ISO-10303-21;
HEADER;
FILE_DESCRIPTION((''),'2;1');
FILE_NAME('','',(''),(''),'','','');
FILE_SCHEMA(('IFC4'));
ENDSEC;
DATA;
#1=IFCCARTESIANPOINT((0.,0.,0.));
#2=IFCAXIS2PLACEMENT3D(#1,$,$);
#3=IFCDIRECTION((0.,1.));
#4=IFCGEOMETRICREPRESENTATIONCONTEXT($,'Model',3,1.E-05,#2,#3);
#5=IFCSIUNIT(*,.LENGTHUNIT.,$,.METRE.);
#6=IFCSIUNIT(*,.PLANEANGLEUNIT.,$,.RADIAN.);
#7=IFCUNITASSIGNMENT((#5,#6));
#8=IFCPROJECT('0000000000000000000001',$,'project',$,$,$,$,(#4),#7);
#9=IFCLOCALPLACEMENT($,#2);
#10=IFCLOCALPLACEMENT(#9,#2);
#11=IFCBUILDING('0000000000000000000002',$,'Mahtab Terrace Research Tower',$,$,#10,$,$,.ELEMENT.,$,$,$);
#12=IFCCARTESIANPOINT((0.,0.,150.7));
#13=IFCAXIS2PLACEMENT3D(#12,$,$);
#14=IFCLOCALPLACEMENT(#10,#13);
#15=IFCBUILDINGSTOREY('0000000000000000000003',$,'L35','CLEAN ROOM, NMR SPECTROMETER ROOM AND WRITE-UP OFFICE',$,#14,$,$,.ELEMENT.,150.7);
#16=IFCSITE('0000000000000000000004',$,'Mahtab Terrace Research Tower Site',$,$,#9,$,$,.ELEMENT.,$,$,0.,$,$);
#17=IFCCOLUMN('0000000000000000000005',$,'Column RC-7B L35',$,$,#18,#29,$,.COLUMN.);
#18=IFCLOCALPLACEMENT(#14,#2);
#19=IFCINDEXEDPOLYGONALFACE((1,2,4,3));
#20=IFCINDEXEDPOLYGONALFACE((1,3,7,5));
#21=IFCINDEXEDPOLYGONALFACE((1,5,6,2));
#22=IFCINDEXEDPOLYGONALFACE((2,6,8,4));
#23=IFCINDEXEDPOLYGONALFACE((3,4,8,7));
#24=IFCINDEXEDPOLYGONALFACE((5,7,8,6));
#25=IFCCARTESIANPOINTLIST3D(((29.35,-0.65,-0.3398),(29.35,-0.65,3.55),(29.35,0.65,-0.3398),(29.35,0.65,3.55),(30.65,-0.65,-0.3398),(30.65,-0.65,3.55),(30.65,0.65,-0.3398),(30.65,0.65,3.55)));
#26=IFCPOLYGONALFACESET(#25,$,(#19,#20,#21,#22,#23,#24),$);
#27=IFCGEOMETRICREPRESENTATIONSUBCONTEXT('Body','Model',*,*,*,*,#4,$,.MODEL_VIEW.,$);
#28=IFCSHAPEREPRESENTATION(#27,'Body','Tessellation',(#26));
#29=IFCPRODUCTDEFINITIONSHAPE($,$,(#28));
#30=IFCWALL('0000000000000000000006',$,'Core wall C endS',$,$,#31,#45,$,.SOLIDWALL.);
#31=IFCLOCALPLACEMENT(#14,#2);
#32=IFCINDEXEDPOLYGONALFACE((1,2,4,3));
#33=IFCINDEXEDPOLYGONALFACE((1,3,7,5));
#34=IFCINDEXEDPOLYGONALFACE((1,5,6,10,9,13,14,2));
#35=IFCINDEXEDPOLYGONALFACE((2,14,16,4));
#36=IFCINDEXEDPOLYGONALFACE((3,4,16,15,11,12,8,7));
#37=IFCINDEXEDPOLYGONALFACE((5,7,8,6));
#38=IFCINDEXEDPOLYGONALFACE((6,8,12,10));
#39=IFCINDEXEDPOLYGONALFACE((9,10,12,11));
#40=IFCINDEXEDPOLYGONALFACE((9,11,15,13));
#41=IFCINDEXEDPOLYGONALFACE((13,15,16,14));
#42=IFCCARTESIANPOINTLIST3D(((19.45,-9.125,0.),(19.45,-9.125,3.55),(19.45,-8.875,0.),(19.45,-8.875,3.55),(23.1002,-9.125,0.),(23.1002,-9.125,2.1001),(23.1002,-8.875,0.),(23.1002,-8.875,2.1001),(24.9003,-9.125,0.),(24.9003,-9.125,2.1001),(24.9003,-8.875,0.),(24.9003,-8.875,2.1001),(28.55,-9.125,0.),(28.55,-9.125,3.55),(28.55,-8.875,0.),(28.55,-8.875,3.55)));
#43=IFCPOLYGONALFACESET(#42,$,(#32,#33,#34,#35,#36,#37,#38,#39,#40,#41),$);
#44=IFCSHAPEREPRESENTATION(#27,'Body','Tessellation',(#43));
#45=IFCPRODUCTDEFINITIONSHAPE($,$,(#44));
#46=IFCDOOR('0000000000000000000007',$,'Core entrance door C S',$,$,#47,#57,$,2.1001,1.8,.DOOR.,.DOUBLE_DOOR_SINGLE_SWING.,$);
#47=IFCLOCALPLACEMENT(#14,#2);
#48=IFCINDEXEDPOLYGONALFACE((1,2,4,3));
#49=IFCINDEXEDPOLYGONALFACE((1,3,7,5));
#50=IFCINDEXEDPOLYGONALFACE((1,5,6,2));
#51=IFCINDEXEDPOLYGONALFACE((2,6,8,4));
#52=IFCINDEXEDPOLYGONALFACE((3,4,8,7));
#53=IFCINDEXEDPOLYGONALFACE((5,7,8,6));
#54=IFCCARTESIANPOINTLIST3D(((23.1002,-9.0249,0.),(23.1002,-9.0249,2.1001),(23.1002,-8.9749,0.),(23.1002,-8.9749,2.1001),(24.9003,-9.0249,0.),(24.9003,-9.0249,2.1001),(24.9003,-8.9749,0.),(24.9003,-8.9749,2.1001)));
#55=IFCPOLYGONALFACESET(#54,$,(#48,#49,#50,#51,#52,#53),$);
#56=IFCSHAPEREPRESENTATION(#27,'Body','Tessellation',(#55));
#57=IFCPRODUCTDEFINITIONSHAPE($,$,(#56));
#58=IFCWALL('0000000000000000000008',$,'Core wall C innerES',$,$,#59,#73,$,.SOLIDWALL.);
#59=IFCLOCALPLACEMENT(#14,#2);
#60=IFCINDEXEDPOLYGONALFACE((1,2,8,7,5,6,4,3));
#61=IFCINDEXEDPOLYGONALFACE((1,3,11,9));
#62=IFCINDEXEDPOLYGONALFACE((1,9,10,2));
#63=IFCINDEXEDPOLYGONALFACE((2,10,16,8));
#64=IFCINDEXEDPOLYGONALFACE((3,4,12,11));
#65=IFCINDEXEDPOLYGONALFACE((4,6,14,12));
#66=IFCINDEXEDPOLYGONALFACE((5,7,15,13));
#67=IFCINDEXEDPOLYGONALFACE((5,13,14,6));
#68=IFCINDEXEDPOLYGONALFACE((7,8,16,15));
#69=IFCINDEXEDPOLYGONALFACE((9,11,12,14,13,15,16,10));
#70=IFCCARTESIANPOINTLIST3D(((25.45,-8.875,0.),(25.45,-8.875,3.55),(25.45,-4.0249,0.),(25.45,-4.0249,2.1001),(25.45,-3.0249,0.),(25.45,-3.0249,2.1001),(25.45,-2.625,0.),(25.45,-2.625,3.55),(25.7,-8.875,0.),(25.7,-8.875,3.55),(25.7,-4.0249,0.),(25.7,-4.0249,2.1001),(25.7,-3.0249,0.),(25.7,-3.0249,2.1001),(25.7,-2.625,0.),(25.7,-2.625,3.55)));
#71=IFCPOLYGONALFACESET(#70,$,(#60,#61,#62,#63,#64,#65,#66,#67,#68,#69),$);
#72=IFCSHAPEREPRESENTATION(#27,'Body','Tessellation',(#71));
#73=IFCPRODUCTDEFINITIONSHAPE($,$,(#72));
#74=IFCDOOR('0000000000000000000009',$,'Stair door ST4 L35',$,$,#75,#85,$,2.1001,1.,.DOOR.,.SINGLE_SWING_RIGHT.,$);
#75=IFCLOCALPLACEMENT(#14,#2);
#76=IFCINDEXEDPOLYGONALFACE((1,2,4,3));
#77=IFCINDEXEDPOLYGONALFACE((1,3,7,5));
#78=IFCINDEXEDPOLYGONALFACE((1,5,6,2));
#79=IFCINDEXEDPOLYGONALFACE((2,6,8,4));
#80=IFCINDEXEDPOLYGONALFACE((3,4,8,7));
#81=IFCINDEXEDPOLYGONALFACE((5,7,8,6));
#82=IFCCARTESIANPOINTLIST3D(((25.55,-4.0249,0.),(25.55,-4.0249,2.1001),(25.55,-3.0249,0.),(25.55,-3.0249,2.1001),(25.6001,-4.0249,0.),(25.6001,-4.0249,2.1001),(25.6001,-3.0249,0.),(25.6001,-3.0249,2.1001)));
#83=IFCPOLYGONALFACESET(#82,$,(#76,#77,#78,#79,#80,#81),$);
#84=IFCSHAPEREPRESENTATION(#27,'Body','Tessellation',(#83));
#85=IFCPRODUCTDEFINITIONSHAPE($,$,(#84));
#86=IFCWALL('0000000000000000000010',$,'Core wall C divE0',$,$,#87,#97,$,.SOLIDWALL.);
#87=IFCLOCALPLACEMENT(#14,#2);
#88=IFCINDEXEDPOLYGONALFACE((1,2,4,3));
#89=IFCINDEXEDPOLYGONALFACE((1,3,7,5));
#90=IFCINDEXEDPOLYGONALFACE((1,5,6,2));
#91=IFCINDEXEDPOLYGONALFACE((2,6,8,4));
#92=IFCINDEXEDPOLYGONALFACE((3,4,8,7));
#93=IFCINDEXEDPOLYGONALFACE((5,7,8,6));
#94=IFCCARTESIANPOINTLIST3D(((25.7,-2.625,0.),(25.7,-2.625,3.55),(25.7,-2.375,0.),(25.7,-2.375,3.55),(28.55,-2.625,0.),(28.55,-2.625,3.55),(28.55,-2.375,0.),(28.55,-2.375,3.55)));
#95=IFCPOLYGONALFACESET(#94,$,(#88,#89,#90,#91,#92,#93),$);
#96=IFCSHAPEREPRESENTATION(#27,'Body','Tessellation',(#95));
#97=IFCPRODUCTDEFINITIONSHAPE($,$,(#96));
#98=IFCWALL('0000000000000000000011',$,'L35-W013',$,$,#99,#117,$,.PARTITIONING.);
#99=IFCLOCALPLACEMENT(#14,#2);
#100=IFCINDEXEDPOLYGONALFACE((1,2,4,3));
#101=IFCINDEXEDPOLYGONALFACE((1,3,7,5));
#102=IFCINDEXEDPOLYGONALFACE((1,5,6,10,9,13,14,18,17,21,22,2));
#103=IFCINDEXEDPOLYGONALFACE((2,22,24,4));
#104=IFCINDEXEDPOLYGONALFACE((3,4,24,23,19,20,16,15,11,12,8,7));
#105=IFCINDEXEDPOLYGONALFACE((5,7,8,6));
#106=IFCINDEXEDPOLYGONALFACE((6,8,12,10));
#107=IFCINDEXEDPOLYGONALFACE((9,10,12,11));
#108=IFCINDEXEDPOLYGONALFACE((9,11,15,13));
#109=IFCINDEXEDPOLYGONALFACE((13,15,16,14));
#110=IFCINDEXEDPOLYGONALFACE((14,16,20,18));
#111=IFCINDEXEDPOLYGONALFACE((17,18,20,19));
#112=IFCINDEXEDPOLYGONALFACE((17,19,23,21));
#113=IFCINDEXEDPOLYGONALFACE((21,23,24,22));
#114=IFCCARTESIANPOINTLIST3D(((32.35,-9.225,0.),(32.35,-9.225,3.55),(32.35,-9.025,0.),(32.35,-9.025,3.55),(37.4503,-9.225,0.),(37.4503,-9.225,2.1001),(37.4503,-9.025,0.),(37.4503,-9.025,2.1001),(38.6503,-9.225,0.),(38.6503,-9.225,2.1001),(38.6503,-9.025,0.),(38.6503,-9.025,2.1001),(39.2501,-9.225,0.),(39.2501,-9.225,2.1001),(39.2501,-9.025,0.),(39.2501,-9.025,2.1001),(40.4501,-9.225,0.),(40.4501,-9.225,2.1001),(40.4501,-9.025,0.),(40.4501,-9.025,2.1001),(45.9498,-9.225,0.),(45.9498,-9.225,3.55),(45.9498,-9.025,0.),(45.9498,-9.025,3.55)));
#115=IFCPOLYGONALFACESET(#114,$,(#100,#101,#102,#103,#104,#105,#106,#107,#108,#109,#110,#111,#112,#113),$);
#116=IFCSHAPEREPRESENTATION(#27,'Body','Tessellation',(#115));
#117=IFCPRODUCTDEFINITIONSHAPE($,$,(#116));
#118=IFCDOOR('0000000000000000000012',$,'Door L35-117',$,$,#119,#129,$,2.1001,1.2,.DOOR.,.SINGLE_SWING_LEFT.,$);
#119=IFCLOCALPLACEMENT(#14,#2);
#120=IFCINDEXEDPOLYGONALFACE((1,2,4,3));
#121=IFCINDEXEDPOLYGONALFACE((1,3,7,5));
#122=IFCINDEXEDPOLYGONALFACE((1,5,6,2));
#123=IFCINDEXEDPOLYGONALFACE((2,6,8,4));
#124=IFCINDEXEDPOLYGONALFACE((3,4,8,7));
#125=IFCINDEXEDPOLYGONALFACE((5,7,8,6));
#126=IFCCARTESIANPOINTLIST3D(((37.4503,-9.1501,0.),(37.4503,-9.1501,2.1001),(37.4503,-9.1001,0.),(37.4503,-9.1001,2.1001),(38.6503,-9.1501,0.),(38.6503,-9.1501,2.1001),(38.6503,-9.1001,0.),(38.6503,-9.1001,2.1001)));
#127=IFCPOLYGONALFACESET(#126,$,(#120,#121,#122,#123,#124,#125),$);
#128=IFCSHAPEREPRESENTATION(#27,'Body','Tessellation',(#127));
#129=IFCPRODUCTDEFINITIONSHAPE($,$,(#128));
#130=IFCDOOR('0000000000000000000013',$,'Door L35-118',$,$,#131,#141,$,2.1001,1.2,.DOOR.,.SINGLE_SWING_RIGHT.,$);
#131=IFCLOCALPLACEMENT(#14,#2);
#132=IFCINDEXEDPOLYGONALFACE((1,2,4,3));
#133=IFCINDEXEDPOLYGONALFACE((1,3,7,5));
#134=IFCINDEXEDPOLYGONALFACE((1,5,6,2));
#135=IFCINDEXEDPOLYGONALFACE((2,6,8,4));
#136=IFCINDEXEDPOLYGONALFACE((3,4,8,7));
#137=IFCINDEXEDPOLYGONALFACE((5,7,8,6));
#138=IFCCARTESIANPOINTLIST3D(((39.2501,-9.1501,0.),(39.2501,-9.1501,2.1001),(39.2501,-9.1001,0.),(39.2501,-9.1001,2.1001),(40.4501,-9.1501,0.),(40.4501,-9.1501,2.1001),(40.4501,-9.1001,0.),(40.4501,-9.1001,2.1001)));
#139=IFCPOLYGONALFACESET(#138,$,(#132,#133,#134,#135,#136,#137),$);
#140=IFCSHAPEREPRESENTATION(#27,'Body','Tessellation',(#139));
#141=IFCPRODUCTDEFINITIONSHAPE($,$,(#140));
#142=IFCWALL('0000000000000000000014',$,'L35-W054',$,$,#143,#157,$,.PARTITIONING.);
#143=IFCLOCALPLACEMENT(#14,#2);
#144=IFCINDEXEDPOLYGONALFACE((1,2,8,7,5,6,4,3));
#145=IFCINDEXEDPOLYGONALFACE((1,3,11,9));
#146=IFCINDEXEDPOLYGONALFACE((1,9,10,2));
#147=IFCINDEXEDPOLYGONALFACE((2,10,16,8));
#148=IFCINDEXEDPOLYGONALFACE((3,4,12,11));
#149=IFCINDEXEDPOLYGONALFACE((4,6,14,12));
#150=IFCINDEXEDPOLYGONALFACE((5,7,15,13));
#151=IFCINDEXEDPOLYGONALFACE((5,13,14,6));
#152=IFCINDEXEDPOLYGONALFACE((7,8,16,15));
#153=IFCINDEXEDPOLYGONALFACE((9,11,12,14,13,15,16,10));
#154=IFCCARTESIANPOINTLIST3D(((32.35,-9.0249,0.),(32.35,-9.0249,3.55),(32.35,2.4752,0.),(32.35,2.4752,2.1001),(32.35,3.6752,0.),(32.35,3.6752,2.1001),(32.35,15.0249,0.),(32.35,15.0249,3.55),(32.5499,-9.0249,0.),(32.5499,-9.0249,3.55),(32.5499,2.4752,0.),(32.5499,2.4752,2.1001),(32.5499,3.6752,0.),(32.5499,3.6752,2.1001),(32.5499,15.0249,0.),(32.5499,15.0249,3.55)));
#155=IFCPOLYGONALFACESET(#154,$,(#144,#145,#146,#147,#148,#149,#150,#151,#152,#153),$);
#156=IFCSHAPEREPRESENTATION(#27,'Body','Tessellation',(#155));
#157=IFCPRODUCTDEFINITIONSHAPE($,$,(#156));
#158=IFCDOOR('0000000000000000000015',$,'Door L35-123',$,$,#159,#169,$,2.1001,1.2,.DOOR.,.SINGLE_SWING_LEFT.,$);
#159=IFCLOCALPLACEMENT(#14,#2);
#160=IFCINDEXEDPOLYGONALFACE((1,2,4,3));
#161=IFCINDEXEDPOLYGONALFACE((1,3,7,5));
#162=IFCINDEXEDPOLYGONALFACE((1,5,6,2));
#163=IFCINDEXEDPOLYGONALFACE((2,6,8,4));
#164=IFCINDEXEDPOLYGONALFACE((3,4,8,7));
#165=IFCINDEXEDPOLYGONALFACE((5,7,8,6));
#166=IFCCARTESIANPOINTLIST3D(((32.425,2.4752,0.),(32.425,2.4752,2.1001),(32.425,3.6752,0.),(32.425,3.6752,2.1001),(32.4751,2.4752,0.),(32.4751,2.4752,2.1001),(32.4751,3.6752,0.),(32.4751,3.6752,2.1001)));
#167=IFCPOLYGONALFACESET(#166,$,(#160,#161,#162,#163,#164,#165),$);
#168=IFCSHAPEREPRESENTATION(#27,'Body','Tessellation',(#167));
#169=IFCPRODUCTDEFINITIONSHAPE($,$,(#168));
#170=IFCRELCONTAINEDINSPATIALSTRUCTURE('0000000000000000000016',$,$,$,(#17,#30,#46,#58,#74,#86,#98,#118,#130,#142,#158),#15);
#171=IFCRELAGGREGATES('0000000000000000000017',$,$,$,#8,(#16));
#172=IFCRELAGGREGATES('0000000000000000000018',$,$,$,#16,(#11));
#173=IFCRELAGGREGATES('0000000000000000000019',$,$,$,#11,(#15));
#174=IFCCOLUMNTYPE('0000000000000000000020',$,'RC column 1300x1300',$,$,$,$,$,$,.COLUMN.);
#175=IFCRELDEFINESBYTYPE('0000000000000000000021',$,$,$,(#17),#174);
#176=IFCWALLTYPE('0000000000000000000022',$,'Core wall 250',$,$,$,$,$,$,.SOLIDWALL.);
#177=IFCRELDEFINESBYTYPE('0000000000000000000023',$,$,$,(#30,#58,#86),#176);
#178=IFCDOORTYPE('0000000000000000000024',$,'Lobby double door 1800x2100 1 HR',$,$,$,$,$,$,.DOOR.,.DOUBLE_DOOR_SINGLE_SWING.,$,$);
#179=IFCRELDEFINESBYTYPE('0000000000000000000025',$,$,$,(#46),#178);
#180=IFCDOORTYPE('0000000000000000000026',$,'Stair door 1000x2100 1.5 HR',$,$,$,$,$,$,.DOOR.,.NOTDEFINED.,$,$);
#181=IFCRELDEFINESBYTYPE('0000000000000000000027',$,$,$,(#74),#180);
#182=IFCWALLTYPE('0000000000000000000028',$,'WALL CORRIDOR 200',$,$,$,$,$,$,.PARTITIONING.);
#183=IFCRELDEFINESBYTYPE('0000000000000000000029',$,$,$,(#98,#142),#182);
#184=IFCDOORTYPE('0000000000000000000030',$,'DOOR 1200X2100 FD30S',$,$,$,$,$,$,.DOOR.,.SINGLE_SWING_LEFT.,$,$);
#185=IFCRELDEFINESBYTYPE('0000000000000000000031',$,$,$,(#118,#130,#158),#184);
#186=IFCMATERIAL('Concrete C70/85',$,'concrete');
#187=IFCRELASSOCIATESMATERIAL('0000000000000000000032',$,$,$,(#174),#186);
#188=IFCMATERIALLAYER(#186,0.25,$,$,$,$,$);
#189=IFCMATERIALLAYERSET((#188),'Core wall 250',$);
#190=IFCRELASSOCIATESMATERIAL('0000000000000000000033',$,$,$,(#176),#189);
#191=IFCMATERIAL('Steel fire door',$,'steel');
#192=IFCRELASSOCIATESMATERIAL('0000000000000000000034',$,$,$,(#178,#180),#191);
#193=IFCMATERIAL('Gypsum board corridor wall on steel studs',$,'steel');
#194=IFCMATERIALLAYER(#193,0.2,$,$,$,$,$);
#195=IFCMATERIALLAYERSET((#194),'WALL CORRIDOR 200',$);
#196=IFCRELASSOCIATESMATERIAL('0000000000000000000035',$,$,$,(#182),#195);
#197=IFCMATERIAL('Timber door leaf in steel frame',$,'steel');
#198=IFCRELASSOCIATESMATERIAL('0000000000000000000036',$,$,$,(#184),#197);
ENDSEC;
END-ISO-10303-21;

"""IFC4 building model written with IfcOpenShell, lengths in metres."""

from ifc_helpers import new_model, si_unit, direction, frame, frame_2d, origin, origin_2d, place, context, subcontext, project, spatial, rectangle, extrude, material, layer, layer_set, material_profile, profile_set, type_object, element, fill, save


model = new_model("IFC4")

# Units and contexts
model_context = context("Model", 3, precision=1e-05, world=origin(), true_north=direction((0.0, 1.0)))
body_context = subcontext(model_context, "Body", "Model", "MODEL_VIEW")
ifc_project = project(units=[si_unit("LENGTHUNIT", "METRE"), si_unit("PLANEANGLEUNIT", "RADIAN")], contexts=[model_context])

# Site, building, storey
site_placement = place(None, origin())
site = spatial("IfcSite", under=ifc_project, at=site_placement, Name="Mahtab Terrace Research Tower Site", CompositionType="ELEMENT", RefElevation=0.0)
building_placement = place(site_placement, origin())
building = spatial("IfcBuilding", under=site, at=building_placement, Name="Mahtab Terrace Research Tower", CompositionType="ELEMENT")
storey_placement = place(building_placement, frame((0.0, 0.0, 150.7)))
storey = spatial("IfcBuildingStorey", under=building, at=storey_placement, Name="L35", Description="CLEAN ROOM, NMR SPECTROMETER ROOM AND WRITE-UP OFFICE", CompositionType="ELEMENT", Elevation=150.7)

# Column
ifc_material_1 = material(Name="Concrete C70/85", Category="concrete")
ifc_material_profile = material_profile(ifc_material_1, rectangle(XDim=1.3, YDim=1.3, at=origin_2d()), Name="RC column 1300x1300")
ifc_profile_set = profile_set([ifc_material_profile], Name="Concrete C70/85")
column_type = type_object("IfcColumnType", Name="RC column 1300x1300", PredefinedType="COLUMN", material=ifc_profile_set)
column_placement = place(storey_placement, frame((30.0, 0.0, -0.3398), z_axis=(0.0, 0.0, 1.0), x_axis=(1.0, 0.0, 0.0)))
element("IfcColumn", 1, at=column_placement, inside=storey, type_object=column_type, Name="Column RC-7B L35", PredefinedType="COLUMN", context=body_context, shape_type="SweptSolid", body=[
    extrude(rectangle(XDim=1.3, YDim=1.3, at=origin_2d()), origin(), (0.0, 0.0, 1.0), 3.8899),
])

# Walls, openings, doors
ifc_layer_1 = layer(ifc_material_1, 0.25)
ifc_layer_set_1 = layer_set([ifc_layer_1], Name="Core wall 250")
wall_type_1 = type_object("IfcWallType", Name="Core wall 250", PredefinedType="SOLIDWALL", material=ifc_layer_set_1)
wall_1_placement = place(storey_placement, frame((28.55, -9.0, 0.0), z_axis=(0.0, 0.0, 1.0), x_axis=(-1.0, 0.0, 0.0)))
wall_1 = element("IfcWall", 2, at=wall_1_placement, inside=storey, type_object=wall_type_1, Name="Core wall C endS", PredefinedType="SOLIDWALL", context=body_context, shape_type="SweptSolid", body=[
    extrude(rectangle(XDim=9.1001, YDim=0.25, at=frame_2d((4.55, 0.0))), origin(), (0.0, 0.0, 1.0), 3.55),
])
opening_1_placement = place(wall_1_placement, frame((3.6499, 0.0, 0.0)))
opening_1 = element("IfcOpeningElement", 3, at=opening_1_placement, cuts=wall_1, PredefinedType="OPENING", context=body_context, shape_type="SweptSolid", body=[
    extrude(rectangle(XDim=1.8, YDim=2.1001, at=frame_2d((0.8999, 1.05))), frame((0.0, 0.135, 0.0), z_axis=(0.0, -1.0, 0.0), x_axis=(1.0, 0.0, 0.0)), (0.0, 0.0, 1.0), 0.27),
])
ifc_material_2 = material(Name="Steel fire door", Category="steel")
door_type_1 = type_object("IfcDoorType", Name="Lobby double door 1800x2100 1 HR", OperationType="DOUBLE_DOOR_SINGLE_SWING", PredefinedType="DOOR", material=ifc_material_2)
door_1_placement = place(opening_1_placement, origin())
door_1 = element("IfcDoor", 4, at=door_1_placement, inside=storey, type_object=door_type_1, Name="Core entrance door C S", OperationType="DOUBLE_DOOR_SINGLE_SWING", OverallHeight=2.1001, OverallWidth=1.8, PredefinedType="DOOR", context=body_context, shape_type="SweptSolid", body=[
    extrude(rectangle(XDim=1.8, YDim=2.1001, at=frame_2d((0.8999, 1.05))), frame((0.0, 0.0249, 0.0), z_axis=(0.0, -1.0, 0.0), x_axis=(1.0, 0.0, 0.0)), (0.0, 0.0, 1.0), 0.05),
])
fill(opening_1, door_1)
wall_2_placement = place(storey_placement, frame((25.575, -8.875, 0.0), z_axis=(0.0, 0.0, 1.0), x_axis=(0.0, 1.0, 0.0)))
wall_2 = element("IfcWall", 5, at=wall_2_placement, inside=storey, type_object=wall_type_1, Name="Core wall C innerES", PredefinedType="SOLIDWALL", context=body_context, shape_type="SweptSolid", body=[
    extrude(rectangle(XDim=6.25, YDim=0.25, at=frame_2d((3.125, 0.0))), origin(), (0.0, 0.0, 1.0), 3.55),
])
opening_2_placement = place(wall_2_placement, frame((4.8501, 0.0, 0.0)))
opening_2 = element("IfcOpeningElement", 6, at=opening_2_placement, cuts=wall_2, PredefinedType="OPENING", context=body_context, shape_type="SweptSolid", body=[
    extrude(rectangle(XDim=1.0, YDim=2.1001, at=frame_2d((0.5, 1.05))), frame((0.0, 0.135, 0.0), z_axis=(0.0, -1.0, 0.0), x_axis=(1.0, 0.0, 0.0)), (0.0, 0.0, 1.0), 0.27),
])
door_type_2 = type_object("IfcDoorType", Name="Stair door 1000x2100 1.5 HR", OperationType="NOTDEFINED", PredefinedType="DOOR", material=ifc_material_2)
door_2_placement = place(opening_2_placement, origin())
door_2 = element("IfcDoor", 7, at=door_2_placement, inside=storey, type_object=door_type_2, Name="Stair door ST4 L35", OperationType="SINGLE_SWING_RIGHT", OverallHeight=2.1001, OverallWidth=1.0, PredefinedType="DOOR", context=body_context, shape_type="SweptSolid", body=[
    extrude(rectangle(XDim=1.0, YDim=2.1001, at=frame_2d((0.5, 1.05))), frame((0.0, 0.0249, 0.0), z_axis=(0.0, -1.0, 0.0), x_axis=(1.0, 0.0, 0.0)), (0.0, 0.0, 1.0), 0.05),
])
fill(opening_2, door_2)

# Wall
wall_3_placement = place(storey_placement, frame((25.7, -2.5, 0.0), z_axis=(0.0, 0.0, 1.0), x_axis=(1.0, 0.0, 0.0)))
element("IfcWall", 8, at=wall_3_placement, inside=storey, type_object=wall_type_1, Name="Core wall C divE0", PredefinedType="SOLIDWALL", context=body_context, shape_type="SweptSolid", body=[
    extrude(rectangle(XDim=2.8501, YDim=0.25, at=frame_2d((1.425, 0.0))), origin(), (0.0, 0.0, 1.0), 3.55),
])

# Wall, openings, doors
ifc_material_3 = material(Name="Gypsum board corridor wall on steel studs", Category="steel")
ifc_layer_2 = layer(ifc_material_3, 0.2)
ifc_layer_set_2 = layer_set([ifc_layer_2], Name="WALL CORRIDOR 200")
wall_type_2 = type_object("IfcWallType", Name="WALL CORRIDOR 200", PredefinedType="PARTITIONING", material=ifc_layer_set_2)
wall_4_placement = place(storey_placement, frame((32.3501, -9.125, 0.0), z_axis=(0.0, 0.0, 1.0), x_axis=(1.0, 0.0, 0.0)))
wall_4 = element("IfcWall", 9, at=wall_4_placement, inside=storey, type_object=wall_type_2, Name="L35-W013", PredefinedType="PARTITIONING", context=body_context, shape_type="SweptSolid", body=[
    extrude(rectangle(XDim=13.5999, YDim=0.2, at=frame_2d((6.7998, 0.0))), origin(), (0.0, 0.0, 1.0), 3.55),
])
opening_3_placement = place(wall_4_placement, frame((5.1001, 0.0, 0.0)))
opening_3 = element("IfcOpeningElement", 10, at=opening_3_placement, cuts=wall_4, PredefinedType="OPENING", context=body_context, shape_type="SweptSolid", body=[
    extrude(rectangle(XDim=1.2, YDim=2.1001, at=frame_2d((0.6001, 1.05))), frame((0.0, 0.1099, 0.0), z_axis=(0.0, -1.0, 0.0), x_axis=(1.0, 0.0, 0.0)), (0.0, 0.0, 1.0), 0.22),
])
opening_4_placement = place(wall_4_placement, frame((6.8999, 0.0, 0.0)))
opening_4 = element("IfcOpeningElement", 11, at=opening_4_placement, cuts=wall_4, PredefinedType="OPENING", context=body_context, shape_type="SweptSolid", body=[
    extrude(rectangle(XDim=1.2, YDim=2.1001, at=frame_2d((0.6001, 1.05))), frame((0.0, 0.1099, 0.0), z_axis=(0.0, -1.0, 0.0), x_axis=(1.0, 0.0, 0.0)), (0.0, 0.0, 1.0), 0.22),
])
ifc_material_4 = material(Name="Timber door leaf in steel frame", Category="steel")
door_type_3 = type_object("IfcDoorType", Name="DOOR 1200X2100 FD30S", OperationType="SINGLE_SWING_LEFT", PredefinedType="DOOR", material=ifc_material_4)
door_3_placement = place(opening_3_placement, origin())
door_3 = element("IfcDoor", 12, at=door_3_placement, inside=storey, type_object=door_type_3, Name="Door L35-117", OperationType="SINGLE_SWING_LEFT", OverallHeight=2.1001, OverallWidth=1.2, PredefinedType="DOOR", context=body_context, shape_type="SweptSolid", body=[
    extrude(rectangle(XDim=1.2, YDim=2.1001, at=frame_2d((0.6001, 1.05))), frame((0.0, 0.0249, 0.0), z_axis=(0.0, -1.0, 0.0), x_axis=(1.0, 0.0, 0.0)), (0.0, 0.0, 1.0), 0.05),
])
fill(opening_3, door_3)
door_4_placement = place(opening_4_placement, origin())
door_4 = element("IfcDoor", 13, at=door_4_placement, inside=storey, type_object=door_type_3, Name="Door L35-118", OperationType="SINGLE_SWING_RIGHT", OverallHeight=2.1001, OverallWidth=1.2, PredefinedType="DOOR", context=body_context, shape_type="SweptSolid", body=[
    extrude(rectangle(XDim=1.2, YDim=2.1001, at=frame_2d((0.6001, 1.05))), frame((0.0, 0.0249, 0.0), z_axis=(0.0, -1.0, 0.0), x_axis=(1.0, 0.0, 0.0)), (0.0, 0.0, 1.0), 0.05),
])
fill(opening_4, door_4)

# Wall, opening, door
wall_5_placement = place(storey_placement, frame((32.45, -9.0249, 0.0), z_axis=(0.0, 0.0, 1.0), x_axis=(0.0, 1.0, 0.0)))
wall_5 = element("IfcWall", 14, at=wall_5_placement, inside=storey, type_object=wall_type_2, Name="L35-W054", PredefinedType="PARTITIONING", context=body_context, shape_type="SweptSolid", body=[
    extrude(rectangle(XDim=24.0498, YDim=0.2, at=frame_2d((12.0249, 0.0))), origin(), (0.0, 0.0, 1.0), 3.55),
])
opening_5_placement = place(wall_5_placement, frame((11.5, 0.0, 0.0)))
opening_5 = element("IfcOpeningElement", 15, at=opening_5_placement, cuts=wall_5, PredefinedType="OPENING", context=body_context, shape_type="SweptSolid", body=[
    extrude(rectangle(XDim=1.2, YDim=2.1001, at=frame_2d((0.6001, 1.05))), frame((0.0, 0.1099, 0.0), z_axis=(0.0, -1.0, 0.0), x_axis=(1.0, 0.0, 0.0)), (0.0, 0.0, 1.0), 0.22),
])
door_5_placement = place(opening_5_placement, origin())
door_5 = element("IfcDoor", 16, at=door_5_placement, inside=storey, type_object=door_type_3, Name="Door L35-123", OperationType="SINGLE_SWING_LEFT", OverallHeight=2.1001, OverallWidth=1.2, PredefinedType="DOOR", context=body_context, shape_type="SweptSolid", body=[
    extrude(rectangle(XDim=1.2, YDim=2.1001, at=frame_2d((0.6001, 1.05))), frame((0.0, 0.0249, 0.0), z_axis=(0.0, -1.0, 0.0), x_axis=(1.0, 0.0, 0.0)), (0.0, 0.0, 1.0), 0.05),
])
fill(opening_5, door_5)

save(model, "model.ifc")
